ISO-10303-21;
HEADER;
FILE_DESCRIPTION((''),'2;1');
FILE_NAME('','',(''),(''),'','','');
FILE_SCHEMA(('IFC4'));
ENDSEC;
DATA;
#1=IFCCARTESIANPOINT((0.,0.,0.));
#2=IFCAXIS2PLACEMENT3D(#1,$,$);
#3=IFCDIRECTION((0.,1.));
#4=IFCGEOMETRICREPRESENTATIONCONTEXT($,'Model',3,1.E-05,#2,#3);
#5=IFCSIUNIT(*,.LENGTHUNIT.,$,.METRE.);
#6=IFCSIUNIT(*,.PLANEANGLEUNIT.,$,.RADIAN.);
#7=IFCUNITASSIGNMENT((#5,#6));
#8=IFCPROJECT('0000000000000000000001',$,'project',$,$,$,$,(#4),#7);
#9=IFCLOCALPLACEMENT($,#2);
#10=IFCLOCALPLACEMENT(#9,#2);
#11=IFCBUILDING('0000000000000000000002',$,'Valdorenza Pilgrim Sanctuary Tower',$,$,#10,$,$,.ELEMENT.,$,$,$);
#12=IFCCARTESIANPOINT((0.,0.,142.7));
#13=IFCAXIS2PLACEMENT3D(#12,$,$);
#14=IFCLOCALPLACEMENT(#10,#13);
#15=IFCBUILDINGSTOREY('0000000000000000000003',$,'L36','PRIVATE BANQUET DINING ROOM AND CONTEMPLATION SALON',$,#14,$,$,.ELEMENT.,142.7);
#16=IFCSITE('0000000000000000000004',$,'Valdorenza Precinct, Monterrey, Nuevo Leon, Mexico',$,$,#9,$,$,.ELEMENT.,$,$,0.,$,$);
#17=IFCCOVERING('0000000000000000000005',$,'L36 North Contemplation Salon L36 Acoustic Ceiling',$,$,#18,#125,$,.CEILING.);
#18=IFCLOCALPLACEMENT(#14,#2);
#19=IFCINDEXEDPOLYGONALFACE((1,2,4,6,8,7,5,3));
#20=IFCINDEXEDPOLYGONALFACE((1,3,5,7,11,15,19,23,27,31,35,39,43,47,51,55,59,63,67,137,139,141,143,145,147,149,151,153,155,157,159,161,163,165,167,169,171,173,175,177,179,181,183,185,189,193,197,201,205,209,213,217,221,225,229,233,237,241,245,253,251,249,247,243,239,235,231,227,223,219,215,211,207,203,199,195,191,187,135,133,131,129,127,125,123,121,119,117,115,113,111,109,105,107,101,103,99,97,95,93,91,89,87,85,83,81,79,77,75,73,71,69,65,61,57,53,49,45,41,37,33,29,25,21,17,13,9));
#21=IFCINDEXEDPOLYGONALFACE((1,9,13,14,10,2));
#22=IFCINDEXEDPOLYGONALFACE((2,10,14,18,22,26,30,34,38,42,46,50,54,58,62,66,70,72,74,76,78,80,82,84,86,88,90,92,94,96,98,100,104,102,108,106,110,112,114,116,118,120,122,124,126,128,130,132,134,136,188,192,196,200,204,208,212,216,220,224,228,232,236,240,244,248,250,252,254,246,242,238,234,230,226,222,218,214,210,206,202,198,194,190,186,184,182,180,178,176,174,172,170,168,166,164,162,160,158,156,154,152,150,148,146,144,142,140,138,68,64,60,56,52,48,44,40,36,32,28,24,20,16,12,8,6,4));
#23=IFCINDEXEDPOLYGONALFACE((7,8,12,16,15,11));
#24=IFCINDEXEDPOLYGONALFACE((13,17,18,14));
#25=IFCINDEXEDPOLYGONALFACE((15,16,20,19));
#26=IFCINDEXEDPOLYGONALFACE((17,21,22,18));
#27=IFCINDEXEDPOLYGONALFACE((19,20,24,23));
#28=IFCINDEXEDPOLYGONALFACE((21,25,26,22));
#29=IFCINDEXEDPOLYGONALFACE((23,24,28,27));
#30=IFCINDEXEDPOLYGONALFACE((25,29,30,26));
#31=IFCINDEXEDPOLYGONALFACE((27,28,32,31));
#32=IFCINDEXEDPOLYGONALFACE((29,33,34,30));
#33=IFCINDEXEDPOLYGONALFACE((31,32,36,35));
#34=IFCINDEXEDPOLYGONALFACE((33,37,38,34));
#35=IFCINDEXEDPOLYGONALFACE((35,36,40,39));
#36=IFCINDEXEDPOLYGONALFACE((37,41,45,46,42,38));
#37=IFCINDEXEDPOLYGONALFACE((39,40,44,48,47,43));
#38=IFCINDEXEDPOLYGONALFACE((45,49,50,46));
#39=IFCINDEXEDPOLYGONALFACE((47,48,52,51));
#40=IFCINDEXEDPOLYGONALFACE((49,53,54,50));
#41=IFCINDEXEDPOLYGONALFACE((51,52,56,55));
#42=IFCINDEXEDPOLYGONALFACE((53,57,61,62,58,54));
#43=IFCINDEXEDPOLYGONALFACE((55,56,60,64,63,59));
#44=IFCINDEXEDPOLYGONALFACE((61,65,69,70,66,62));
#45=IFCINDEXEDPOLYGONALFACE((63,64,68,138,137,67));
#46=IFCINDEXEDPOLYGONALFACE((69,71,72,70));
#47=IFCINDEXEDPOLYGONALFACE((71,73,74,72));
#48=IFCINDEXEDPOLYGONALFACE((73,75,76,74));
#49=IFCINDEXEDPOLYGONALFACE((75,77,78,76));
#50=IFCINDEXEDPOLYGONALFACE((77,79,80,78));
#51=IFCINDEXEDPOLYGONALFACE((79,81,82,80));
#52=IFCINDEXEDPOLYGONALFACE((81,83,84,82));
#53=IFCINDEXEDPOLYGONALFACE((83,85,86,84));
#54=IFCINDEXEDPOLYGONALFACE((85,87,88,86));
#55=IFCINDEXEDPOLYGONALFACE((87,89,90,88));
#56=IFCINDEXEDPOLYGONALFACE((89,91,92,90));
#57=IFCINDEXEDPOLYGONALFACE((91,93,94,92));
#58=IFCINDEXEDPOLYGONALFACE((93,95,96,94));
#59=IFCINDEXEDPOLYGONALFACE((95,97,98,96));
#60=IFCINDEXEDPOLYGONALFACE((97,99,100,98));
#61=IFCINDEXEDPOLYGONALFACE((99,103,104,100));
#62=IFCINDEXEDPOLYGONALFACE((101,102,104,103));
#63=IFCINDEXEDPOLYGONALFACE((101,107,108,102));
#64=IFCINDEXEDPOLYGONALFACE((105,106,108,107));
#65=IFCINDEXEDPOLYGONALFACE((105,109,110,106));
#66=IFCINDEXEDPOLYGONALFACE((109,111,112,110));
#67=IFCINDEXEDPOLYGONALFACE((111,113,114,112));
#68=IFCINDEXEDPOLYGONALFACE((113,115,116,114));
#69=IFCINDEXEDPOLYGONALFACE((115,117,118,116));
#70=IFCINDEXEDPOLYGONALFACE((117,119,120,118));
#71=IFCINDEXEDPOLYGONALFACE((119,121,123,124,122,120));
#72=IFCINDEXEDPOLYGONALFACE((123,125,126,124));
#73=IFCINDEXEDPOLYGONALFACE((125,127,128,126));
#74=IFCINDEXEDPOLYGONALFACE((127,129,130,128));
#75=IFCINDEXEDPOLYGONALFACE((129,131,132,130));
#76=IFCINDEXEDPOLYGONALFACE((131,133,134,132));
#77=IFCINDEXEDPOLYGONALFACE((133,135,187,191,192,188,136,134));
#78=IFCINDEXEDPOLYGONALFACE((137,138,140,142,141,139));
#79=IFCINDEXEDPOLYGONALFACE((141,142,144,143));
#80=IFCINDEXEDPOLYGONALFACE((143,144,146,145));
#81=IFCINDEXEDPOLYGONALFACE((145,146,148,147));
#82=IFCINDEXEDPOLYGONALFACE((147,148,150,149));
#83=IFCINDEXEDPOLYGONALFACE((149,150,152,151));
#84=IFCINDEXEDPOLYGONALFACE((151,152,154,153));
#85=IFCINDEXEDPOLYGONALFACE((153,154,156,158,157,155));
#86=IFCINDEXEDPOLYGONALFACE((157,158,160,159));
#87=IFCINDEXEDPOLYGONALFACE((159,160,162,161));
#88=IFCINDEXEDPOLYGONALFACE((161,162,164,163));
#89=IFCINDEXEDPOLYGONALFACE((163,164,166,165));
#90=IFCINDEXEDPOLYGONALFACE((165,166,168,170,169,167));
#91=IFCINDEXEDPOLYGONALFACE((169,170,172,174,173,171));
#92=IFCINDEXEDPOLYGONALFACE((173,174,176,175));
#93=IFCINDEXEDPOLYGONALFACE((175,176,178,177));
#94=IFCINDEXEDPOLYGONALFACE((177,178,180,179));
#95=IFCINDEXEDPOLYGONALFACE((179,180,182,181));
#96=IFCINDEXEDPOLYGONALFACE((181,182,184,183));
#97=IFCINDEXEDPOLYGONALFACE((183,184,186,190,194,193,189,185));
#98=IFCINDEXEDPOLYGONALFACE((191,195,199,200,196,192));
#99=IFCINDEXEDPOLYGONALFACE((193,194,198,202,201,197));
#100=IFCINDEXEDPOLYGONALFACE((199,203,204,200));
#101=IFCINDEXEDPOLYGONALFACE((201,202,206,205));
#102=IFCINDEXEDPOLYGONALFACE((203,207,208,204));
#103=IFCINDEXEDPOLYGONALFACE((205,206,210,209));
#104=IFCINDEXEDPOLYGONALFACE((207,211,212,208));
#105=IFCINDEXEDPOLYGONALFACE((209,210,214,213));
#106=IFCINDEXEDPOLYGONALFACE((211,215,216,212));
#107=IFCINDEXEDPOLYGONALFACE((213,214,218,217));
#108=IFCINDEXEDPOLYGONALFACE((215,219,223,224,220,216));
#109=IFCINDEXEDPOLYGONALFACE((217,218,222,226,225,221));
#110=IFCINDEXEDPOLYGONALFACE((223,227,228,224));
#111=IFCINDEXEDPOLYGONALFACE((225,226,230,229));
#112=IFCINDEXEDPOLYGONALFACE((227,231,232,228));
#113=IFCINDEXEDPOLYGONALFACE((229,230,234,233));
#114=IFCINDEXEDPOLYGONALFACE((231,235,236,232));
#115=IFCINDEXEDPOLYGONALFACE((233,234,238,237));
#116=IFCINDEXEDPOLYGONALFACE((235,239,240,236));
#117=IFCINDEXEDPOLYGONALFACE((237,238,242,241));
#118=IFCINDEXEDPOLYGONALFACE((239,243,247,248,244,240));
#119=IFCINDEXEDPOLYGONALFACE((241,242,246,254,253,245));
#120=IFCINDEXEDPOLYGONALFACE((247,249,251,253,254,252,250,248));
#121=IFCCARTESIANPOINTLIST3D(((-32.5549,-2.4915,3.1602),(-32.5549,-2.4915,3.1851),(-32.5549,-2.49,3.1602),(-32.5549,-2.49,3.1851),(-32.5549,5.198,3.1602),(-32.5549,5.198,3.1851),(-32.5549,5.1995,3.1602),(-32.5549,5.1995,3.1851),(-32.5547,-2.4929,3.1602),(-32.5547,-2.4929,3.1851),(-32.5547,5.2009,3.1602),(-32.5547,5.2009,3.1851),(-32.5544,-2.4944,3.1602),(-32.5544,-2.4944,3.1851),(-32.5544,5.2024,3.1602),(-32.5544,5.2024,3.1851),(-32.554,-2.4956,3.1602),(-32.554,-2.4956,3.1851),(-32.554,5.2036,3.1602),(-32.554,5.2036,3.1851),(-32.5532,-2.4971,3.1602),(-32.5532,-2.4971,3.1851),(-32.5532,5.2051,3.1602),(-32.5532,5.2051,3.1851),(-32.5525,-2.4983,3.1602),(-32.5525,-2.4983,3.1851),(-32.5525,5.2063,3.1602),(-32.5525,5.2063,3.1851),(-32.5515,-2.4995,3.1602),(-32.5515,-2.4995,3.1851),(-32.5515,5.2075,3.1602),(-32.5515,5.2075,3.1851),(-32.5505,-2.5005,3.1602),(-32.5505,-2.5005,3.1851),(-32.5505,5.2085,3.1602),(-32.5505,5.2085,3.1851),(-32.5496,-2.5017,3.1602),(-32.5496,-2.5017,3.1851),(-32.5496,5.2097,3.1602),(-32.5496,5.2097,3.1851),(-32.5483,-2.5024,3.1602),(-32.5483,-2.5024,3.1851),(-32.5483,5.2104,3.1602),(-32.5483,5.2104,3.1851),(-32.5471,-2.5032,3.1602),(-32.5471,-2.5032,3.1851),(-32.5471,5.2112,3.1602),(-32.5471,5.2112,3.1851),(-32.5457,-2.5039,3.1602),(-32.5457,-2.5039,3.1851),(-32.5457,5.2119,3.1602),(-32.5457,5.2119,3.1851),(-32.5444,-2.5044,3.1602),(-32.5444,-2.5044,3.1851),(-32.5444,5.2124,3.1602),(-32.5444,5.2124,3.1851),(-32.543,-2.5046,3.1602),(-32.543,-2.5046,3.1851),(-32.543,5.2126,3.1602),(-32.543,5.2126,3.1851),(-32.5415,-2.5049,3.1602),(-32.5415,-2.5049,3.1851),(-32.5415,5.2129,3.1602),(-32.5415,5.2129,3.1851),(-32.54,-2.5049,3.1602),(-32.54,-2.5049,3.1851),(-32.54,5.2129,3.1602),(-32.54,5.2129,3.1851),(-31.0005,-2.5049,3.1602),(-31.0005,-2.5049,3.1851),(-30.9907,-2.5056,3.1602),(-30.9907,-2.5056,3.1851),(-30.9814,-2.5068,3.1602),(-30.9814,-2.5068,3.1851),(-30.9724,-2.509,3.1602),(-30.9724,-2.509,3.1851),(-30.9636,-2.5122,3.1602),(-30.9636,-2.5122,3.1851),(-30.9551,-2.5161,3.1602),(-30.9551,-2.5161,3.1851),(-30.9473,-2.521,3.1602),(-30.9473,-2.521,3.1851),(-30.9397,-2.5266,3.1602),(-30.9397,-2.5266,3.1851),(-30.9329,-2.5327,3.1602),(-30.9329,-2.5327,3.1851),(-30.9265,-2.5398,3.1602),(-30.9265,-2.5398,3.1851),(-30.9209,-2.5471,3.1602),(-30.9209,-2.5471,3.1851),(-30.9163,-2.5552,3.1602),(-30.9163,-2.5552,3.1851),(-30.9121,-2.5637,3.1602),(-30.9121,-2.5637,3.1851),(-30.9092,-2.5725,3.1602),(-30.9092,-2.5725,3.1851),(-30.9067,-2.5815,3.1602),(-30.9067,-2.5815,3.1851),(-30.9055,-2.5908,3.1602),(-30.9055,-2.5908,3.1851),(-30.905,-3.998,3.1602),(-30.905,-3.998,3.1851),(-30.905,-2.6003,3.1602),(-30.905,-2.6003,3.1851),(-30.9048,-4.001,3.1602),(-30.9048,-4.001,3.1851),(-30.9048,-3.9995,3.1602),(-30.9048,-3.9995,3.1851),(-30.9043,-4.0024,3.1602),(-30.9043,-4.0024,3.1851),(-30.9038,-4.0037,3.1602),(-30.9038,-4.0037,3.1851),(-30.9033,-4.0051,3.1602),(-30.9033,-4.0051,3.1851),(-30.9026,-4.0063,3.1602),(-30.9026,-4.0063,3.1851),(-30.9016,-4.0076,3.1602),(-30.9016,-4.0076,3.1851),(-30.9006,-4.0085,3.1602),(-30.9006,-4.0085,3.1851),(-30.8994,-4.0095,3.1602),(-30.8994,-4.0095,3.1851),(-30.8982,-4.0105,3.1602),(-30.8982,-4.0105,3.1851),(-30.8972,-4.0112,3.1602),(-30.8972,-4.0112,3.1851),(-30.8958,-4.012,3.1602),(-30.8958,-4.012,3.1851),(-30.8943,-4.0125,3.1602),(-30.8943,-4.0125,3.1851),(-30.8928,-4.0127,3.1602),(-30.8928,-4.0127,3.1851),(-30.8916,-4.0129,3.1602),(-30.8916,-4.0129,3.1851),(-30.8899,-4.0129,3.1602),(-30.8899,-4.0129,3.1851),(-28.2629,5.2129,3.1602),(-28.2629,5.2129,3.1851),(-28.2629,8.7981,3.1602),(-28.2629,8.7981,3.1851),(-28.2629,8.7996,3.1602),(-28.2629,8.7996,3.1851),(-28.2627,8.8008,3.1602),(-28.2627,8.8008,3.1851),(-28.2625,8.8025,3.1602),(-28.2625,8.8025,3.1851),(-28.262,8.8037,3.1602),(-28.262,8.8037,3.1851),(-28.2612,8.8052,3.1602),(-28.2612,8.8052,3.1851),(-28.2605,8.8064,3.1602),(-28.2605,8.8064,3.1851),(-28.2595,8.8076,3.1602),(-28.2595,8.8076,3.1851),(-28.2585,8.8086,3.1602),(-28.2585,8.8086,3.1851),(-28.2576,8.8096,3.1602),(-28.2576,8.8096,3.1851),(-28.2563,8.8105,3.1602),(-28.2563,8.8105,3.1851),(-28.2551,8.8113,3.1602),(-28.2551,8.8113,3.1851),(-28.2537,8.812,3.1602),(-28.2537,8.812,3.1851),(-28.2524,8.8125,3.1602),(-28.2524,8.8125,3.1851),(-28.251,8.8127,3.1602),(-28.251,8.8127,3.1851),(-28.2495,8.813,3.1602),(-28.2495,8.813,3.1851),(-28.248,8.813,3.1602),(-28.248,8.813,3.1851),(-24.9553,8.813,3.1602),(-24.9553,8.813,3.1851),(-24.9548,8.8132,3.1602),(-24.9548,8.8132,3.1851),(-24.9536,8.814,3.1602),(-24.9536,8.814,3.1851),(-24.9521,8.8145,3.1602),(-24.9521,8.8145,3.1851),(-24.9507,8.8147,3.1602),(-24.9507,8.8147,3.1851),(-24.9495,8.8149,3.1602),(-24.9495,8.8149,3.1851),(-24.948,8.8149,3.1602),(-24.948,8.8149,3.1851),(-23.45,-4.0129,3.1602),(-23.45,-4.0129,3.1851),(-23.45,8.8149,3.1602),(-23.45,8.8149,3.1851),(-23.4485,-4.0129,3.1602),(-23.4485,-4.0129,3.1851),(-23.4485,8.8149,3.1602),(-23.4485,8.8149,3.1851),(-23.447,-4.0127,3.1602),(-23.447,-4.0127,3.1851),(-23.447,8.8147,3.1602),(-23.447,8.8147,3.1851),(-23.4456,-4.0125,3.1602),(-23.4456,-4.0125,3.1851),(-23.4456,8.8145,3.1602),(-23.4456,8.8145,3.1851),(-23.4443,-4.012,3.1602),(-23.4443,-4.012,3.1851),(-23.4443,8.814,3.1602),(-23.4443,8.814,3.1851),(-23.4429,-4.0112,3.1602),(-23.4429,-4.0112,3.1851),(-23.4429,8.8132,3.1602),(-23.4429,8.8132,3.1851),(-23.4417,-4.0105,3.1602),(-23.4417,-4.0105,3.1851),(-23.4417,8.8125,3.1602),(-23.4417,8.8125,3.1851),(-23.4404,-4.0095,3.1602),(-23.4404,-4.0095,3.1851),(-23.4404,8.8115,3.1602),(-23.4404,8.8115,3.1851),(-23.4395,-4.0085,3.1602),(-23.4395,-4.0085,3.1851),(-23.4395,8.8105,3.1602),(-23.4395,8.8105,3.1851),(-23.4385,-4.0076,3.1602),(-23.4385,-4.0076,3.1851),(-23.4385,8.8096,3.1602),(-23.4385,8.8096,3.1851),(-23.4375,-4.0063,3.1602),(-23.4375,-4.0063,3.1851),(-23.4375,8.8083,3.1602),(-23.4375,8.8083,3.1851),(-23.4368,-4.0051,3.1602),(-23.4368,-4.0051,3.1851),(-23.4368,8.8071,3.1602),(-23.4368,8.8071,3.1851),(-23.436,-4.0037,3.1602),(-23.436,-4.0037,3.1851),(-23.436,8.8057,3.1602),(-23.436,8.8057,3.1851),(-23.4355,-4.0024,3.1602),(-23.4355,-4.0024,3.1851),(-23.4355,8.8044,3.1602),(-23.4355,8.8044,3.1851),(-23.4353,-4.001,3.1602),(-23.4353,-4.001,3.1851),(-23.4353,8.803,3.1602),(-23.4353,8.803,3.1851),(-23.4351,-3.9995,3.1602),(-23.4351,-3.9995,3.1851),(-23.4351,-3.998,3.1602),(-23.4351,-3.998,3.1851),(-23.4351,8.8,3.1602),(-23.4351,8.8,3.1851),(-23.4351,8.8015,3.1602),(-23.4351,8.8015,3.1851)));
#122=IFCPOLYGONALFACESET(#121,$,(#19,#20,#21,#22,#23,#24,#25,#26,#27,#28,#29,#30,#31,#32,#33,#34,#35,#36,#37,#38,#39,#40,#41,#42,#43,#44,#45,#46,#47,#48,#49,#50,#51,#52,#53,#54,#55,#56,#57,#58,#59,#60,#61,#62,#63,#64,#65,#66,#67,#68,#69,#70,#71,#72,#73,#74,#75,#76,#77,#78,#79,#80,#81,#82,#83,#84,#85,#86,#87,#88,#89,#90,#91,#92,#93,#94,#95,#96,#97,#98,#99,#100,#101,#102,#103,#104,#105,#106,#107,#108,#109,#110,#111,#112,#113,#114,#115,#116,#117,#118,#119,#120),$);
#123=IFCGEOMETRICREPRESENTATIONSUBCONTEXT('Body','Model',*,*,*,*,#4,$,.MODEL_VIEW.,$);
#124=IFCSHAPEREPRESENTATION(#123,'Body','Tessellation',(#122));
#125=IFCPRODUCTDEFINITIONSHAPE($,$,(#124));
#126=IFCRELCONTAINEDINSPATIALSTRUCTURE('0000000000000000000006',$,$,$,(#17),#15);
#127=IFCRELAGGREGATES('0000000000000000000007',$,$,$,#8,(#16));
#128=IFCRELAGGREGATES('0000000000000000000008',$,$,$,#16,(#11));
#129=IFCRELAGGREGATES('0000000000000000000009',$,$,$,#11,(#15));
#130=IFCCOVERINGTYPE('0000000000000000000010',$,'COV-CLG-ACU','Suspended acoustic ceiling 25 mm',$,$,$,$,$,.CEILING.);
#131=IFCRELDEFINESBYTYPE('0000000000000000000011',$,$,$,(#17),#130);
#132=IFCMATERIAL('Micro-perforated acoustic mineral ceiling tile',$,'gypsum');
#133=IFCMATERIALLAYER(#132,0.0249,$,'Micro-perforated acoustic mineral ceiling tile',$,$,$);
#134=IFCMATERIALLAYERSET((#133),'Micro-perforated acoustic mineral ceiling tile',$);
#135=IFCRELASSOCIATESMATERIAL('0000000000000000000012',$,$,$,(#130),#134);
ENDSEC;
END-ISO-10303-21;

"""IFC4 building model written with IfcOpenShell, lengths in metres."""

from ifc_helpers import new_model, si_unit, direction, frame, origin, place, context, subcontext, project, spatial, polyline, outline, extrude, material, layer, layer_set, type_object, element, save


model = new_model("IFC4")

# Units and contexts
model_context = context("Model", 3, precision=1e-05, world=origin(), true_north=direction((0.0, 1.0)))
body_context = subcontext(model_context, "Body", "Model", "MODEL_VIEW")
ifc_project = project(units=[si_unit("LENGTHUNIT", "METRE"), si_unit("PLANEANGLEUNIT", "RADIAN")], contexts=[model_context])

# Site, building, storey
site_placement = place(None, origin())
site = spatial("IfcSite", under=ifc_project, at=site_placement, Name="Valdorenza Precinct, Monterrey, Nuevo Leon, Mexico", CompositionType="ELEMENT", RefElevation=0.0)
building_placement = place(site_placement, origin())
building = spatial("IfcBuilding", under=site, at=building_placement, Name="Valdorenza Pilgrim Sanctuary Tower", CompositionType="ELEMENT")
storey_placement = place(building_placement, frame((0.0, 0.0, 142.7)))
storey = spatial("IfcBuildingStorey", under=building, at=storey_placement, Name="L36", Description="PRIVATE BANQUET DINING ROOM AND CONTEMPLATION SALON", CompositionType="ELEMENT", Elevation=142.7)

# Covering
ifc_material_1 = material(Name="Micro-perforated acoustic mineral ceiling tile", Category="gypsum")
ifc_layer_1 = layer(ifc_material_1, 0.0249, Name="Micro-perforated acoustic mineral ceiling tile")
ifc_layer_set_1 = layer_set([ifc_layer_1], Name="Micro-perforated acoustic mineral ceiling tile")
covering_type_1 = type_object("IfcCoveringType", Name="COV-CLG-ACU", Description="Suspended acoustic ceiling 25 mm", PredefinedType="CEILING", material=ifc_layer_set_1)
covering_1_placement = place(storey_placement, frame((0.0, 0.0, 3.1602)))
element("IfcCovering", 1, at=covering_1_placement, inside=storey, type_object=covering_type_1, Name="L36 North Contemplation Salon L36 Acoustic Ceiling", PredefinedType="CEILING", context=body_context, shape_type="SweptSolid", body=[
    extrude(outline(polyline([(-28.2629, 5.2129), (-28.2629, 8.7981), (-28.2629, 8.7996), (-28.2627, 8.8008), (-28.2625, 8.8025), (-28.262, 8.8037), (-28.2612, 8.8052), (-28.2605, 8.8064), (-28.2595, 8.8076), (-28.2585, 8.8086), (-28.2576, 8.8096), (-28.2563, 8.8105), (-28.2551, 8.8113), (-28.2537, 8.812), (-28.2524, 8.8125), (-28.251, 8.8127), (-28.2495, 8.813), (-28.248, 8.813), (-24.9553, 8.813), (-24.9548, 8.8132), (-24.9536, 8.814), (-24.9521, 8.8145), (-24.9507, 8.8147), (-24.9495, 8.8149), (-24.948, 8.8149), (-23.45, 8.8149), (-23.4485, 8.8149), (-23.447, 8.8147), (-23.4456, 8.8145), (-23.4443, 8.814), (-23.4429, 8.8132), (-23.4417, 8.8125), (-23.4404, 8.8115), (-23.4395, 8.8105), (-23.4385, 8.8096), (-23.4375, 8.8083), (-23.4368, 8.8071), (-23.436, 8.8057), (-23.4355, 8.8044), (-23.4353, 8.803), (-23.4351, 8.8015), (-23.4351, 8.8), (-23.4351, -3.998), (-23.4351, -3.9995), (-23.4353, -4.001), (-23.4355, -4.0024), (-23.436, -4.0037), (-23.4368, -4.0051), (-23.4375, -4.0063), (-23.4385, -4.0076), (-23.4395, -4.0085), (-23.4404, -4.0095), (-23.4417, -4.0105), (-23.4429, -4.0112), (-23.4443, -4.012), (-23.4456, -4.0125), (-23.447, -4.0127), (-23.4485, -4.0129), (-23.45, -4.0129), (-30.8899, -4.0129), (-30.8916, -4.0129), (-30.8928, -4.0127), (-30.8943, -4.0125), (-30.8958, -4.012), (-30.8972, -4.0112), (-30.8982, -4.0105), (-30.8994, -4.0095), (-30.9006, -4.0085), (-30.9016, -4.0076), (-30.9026, -4.0063), (-30.9033, -4.0051), (-30.9038, -4.0037), (-30.9043, -4.0024), (-30.9048, -4.001), (-30.9048, -3.9995), (-30.905, -3.998), (-30.905, -2.6003), (-30.9055, -2.5908), (-30.9067, -2.5815), (-30.9092, -2.5725), (-30.9121, -2.5637), (-30.9163, -2.5552), (-30.9209, -2.5471), (-30.9265, -2.5398), (-30.9329, -2.5327), (-30.9397, -2.5266), (-30.9473, -2.521), (-30.9551, -2.5161), (-30.9636, -2.5122), (-30.9724, -2.509), (-30.9814, -2.5068), (-30.9907, -2.5056), (-31.0005, -2.5049), (-32.54, -2.5049), (-32.5415, -2.5049), (-32.543, -2.5046), (-32.5444, -2.5044), (-32.5457, -2.5039), (-32.5471, -2.5032), (-32.5483, -2.5024), (-32.5496, -2.5017), (-32.5505, -2.5005), (-32.5515, -2.4995), (-32.5525, -2.4983), (-32.5532, -2.4971), (-32.554, -2.4956), (-32.5544, -2.4944), (-32.5547, -2.4929), (-32.5549, -2.4915), (-32.5549, -2.49), (-32.5549, 5.198), (-32.5549, 5.1995), (-32.5547, 5.2009), (-32.5544, 5.2024), (-32.554, 5.2036), (-32.5532, 5.2051), (-32.5525, 5.2063), (-32.5515, 5.2075), (-32.5505, 5.2085), (-32.5496, 5.2097), (-32.5483, 5.2104), (-32.5471, 5.2112), (-32.5457, 5.2119), (-32.5444, 5.2124), (-32.543, 5.2126), (-32.5415, 5.2129), (-32.54, 5.2129), (-28.2629, 5.2129)])), origin(), (0.0, 0.0, 1.0), 0.0249),
])

save(model, "model.ifc")
